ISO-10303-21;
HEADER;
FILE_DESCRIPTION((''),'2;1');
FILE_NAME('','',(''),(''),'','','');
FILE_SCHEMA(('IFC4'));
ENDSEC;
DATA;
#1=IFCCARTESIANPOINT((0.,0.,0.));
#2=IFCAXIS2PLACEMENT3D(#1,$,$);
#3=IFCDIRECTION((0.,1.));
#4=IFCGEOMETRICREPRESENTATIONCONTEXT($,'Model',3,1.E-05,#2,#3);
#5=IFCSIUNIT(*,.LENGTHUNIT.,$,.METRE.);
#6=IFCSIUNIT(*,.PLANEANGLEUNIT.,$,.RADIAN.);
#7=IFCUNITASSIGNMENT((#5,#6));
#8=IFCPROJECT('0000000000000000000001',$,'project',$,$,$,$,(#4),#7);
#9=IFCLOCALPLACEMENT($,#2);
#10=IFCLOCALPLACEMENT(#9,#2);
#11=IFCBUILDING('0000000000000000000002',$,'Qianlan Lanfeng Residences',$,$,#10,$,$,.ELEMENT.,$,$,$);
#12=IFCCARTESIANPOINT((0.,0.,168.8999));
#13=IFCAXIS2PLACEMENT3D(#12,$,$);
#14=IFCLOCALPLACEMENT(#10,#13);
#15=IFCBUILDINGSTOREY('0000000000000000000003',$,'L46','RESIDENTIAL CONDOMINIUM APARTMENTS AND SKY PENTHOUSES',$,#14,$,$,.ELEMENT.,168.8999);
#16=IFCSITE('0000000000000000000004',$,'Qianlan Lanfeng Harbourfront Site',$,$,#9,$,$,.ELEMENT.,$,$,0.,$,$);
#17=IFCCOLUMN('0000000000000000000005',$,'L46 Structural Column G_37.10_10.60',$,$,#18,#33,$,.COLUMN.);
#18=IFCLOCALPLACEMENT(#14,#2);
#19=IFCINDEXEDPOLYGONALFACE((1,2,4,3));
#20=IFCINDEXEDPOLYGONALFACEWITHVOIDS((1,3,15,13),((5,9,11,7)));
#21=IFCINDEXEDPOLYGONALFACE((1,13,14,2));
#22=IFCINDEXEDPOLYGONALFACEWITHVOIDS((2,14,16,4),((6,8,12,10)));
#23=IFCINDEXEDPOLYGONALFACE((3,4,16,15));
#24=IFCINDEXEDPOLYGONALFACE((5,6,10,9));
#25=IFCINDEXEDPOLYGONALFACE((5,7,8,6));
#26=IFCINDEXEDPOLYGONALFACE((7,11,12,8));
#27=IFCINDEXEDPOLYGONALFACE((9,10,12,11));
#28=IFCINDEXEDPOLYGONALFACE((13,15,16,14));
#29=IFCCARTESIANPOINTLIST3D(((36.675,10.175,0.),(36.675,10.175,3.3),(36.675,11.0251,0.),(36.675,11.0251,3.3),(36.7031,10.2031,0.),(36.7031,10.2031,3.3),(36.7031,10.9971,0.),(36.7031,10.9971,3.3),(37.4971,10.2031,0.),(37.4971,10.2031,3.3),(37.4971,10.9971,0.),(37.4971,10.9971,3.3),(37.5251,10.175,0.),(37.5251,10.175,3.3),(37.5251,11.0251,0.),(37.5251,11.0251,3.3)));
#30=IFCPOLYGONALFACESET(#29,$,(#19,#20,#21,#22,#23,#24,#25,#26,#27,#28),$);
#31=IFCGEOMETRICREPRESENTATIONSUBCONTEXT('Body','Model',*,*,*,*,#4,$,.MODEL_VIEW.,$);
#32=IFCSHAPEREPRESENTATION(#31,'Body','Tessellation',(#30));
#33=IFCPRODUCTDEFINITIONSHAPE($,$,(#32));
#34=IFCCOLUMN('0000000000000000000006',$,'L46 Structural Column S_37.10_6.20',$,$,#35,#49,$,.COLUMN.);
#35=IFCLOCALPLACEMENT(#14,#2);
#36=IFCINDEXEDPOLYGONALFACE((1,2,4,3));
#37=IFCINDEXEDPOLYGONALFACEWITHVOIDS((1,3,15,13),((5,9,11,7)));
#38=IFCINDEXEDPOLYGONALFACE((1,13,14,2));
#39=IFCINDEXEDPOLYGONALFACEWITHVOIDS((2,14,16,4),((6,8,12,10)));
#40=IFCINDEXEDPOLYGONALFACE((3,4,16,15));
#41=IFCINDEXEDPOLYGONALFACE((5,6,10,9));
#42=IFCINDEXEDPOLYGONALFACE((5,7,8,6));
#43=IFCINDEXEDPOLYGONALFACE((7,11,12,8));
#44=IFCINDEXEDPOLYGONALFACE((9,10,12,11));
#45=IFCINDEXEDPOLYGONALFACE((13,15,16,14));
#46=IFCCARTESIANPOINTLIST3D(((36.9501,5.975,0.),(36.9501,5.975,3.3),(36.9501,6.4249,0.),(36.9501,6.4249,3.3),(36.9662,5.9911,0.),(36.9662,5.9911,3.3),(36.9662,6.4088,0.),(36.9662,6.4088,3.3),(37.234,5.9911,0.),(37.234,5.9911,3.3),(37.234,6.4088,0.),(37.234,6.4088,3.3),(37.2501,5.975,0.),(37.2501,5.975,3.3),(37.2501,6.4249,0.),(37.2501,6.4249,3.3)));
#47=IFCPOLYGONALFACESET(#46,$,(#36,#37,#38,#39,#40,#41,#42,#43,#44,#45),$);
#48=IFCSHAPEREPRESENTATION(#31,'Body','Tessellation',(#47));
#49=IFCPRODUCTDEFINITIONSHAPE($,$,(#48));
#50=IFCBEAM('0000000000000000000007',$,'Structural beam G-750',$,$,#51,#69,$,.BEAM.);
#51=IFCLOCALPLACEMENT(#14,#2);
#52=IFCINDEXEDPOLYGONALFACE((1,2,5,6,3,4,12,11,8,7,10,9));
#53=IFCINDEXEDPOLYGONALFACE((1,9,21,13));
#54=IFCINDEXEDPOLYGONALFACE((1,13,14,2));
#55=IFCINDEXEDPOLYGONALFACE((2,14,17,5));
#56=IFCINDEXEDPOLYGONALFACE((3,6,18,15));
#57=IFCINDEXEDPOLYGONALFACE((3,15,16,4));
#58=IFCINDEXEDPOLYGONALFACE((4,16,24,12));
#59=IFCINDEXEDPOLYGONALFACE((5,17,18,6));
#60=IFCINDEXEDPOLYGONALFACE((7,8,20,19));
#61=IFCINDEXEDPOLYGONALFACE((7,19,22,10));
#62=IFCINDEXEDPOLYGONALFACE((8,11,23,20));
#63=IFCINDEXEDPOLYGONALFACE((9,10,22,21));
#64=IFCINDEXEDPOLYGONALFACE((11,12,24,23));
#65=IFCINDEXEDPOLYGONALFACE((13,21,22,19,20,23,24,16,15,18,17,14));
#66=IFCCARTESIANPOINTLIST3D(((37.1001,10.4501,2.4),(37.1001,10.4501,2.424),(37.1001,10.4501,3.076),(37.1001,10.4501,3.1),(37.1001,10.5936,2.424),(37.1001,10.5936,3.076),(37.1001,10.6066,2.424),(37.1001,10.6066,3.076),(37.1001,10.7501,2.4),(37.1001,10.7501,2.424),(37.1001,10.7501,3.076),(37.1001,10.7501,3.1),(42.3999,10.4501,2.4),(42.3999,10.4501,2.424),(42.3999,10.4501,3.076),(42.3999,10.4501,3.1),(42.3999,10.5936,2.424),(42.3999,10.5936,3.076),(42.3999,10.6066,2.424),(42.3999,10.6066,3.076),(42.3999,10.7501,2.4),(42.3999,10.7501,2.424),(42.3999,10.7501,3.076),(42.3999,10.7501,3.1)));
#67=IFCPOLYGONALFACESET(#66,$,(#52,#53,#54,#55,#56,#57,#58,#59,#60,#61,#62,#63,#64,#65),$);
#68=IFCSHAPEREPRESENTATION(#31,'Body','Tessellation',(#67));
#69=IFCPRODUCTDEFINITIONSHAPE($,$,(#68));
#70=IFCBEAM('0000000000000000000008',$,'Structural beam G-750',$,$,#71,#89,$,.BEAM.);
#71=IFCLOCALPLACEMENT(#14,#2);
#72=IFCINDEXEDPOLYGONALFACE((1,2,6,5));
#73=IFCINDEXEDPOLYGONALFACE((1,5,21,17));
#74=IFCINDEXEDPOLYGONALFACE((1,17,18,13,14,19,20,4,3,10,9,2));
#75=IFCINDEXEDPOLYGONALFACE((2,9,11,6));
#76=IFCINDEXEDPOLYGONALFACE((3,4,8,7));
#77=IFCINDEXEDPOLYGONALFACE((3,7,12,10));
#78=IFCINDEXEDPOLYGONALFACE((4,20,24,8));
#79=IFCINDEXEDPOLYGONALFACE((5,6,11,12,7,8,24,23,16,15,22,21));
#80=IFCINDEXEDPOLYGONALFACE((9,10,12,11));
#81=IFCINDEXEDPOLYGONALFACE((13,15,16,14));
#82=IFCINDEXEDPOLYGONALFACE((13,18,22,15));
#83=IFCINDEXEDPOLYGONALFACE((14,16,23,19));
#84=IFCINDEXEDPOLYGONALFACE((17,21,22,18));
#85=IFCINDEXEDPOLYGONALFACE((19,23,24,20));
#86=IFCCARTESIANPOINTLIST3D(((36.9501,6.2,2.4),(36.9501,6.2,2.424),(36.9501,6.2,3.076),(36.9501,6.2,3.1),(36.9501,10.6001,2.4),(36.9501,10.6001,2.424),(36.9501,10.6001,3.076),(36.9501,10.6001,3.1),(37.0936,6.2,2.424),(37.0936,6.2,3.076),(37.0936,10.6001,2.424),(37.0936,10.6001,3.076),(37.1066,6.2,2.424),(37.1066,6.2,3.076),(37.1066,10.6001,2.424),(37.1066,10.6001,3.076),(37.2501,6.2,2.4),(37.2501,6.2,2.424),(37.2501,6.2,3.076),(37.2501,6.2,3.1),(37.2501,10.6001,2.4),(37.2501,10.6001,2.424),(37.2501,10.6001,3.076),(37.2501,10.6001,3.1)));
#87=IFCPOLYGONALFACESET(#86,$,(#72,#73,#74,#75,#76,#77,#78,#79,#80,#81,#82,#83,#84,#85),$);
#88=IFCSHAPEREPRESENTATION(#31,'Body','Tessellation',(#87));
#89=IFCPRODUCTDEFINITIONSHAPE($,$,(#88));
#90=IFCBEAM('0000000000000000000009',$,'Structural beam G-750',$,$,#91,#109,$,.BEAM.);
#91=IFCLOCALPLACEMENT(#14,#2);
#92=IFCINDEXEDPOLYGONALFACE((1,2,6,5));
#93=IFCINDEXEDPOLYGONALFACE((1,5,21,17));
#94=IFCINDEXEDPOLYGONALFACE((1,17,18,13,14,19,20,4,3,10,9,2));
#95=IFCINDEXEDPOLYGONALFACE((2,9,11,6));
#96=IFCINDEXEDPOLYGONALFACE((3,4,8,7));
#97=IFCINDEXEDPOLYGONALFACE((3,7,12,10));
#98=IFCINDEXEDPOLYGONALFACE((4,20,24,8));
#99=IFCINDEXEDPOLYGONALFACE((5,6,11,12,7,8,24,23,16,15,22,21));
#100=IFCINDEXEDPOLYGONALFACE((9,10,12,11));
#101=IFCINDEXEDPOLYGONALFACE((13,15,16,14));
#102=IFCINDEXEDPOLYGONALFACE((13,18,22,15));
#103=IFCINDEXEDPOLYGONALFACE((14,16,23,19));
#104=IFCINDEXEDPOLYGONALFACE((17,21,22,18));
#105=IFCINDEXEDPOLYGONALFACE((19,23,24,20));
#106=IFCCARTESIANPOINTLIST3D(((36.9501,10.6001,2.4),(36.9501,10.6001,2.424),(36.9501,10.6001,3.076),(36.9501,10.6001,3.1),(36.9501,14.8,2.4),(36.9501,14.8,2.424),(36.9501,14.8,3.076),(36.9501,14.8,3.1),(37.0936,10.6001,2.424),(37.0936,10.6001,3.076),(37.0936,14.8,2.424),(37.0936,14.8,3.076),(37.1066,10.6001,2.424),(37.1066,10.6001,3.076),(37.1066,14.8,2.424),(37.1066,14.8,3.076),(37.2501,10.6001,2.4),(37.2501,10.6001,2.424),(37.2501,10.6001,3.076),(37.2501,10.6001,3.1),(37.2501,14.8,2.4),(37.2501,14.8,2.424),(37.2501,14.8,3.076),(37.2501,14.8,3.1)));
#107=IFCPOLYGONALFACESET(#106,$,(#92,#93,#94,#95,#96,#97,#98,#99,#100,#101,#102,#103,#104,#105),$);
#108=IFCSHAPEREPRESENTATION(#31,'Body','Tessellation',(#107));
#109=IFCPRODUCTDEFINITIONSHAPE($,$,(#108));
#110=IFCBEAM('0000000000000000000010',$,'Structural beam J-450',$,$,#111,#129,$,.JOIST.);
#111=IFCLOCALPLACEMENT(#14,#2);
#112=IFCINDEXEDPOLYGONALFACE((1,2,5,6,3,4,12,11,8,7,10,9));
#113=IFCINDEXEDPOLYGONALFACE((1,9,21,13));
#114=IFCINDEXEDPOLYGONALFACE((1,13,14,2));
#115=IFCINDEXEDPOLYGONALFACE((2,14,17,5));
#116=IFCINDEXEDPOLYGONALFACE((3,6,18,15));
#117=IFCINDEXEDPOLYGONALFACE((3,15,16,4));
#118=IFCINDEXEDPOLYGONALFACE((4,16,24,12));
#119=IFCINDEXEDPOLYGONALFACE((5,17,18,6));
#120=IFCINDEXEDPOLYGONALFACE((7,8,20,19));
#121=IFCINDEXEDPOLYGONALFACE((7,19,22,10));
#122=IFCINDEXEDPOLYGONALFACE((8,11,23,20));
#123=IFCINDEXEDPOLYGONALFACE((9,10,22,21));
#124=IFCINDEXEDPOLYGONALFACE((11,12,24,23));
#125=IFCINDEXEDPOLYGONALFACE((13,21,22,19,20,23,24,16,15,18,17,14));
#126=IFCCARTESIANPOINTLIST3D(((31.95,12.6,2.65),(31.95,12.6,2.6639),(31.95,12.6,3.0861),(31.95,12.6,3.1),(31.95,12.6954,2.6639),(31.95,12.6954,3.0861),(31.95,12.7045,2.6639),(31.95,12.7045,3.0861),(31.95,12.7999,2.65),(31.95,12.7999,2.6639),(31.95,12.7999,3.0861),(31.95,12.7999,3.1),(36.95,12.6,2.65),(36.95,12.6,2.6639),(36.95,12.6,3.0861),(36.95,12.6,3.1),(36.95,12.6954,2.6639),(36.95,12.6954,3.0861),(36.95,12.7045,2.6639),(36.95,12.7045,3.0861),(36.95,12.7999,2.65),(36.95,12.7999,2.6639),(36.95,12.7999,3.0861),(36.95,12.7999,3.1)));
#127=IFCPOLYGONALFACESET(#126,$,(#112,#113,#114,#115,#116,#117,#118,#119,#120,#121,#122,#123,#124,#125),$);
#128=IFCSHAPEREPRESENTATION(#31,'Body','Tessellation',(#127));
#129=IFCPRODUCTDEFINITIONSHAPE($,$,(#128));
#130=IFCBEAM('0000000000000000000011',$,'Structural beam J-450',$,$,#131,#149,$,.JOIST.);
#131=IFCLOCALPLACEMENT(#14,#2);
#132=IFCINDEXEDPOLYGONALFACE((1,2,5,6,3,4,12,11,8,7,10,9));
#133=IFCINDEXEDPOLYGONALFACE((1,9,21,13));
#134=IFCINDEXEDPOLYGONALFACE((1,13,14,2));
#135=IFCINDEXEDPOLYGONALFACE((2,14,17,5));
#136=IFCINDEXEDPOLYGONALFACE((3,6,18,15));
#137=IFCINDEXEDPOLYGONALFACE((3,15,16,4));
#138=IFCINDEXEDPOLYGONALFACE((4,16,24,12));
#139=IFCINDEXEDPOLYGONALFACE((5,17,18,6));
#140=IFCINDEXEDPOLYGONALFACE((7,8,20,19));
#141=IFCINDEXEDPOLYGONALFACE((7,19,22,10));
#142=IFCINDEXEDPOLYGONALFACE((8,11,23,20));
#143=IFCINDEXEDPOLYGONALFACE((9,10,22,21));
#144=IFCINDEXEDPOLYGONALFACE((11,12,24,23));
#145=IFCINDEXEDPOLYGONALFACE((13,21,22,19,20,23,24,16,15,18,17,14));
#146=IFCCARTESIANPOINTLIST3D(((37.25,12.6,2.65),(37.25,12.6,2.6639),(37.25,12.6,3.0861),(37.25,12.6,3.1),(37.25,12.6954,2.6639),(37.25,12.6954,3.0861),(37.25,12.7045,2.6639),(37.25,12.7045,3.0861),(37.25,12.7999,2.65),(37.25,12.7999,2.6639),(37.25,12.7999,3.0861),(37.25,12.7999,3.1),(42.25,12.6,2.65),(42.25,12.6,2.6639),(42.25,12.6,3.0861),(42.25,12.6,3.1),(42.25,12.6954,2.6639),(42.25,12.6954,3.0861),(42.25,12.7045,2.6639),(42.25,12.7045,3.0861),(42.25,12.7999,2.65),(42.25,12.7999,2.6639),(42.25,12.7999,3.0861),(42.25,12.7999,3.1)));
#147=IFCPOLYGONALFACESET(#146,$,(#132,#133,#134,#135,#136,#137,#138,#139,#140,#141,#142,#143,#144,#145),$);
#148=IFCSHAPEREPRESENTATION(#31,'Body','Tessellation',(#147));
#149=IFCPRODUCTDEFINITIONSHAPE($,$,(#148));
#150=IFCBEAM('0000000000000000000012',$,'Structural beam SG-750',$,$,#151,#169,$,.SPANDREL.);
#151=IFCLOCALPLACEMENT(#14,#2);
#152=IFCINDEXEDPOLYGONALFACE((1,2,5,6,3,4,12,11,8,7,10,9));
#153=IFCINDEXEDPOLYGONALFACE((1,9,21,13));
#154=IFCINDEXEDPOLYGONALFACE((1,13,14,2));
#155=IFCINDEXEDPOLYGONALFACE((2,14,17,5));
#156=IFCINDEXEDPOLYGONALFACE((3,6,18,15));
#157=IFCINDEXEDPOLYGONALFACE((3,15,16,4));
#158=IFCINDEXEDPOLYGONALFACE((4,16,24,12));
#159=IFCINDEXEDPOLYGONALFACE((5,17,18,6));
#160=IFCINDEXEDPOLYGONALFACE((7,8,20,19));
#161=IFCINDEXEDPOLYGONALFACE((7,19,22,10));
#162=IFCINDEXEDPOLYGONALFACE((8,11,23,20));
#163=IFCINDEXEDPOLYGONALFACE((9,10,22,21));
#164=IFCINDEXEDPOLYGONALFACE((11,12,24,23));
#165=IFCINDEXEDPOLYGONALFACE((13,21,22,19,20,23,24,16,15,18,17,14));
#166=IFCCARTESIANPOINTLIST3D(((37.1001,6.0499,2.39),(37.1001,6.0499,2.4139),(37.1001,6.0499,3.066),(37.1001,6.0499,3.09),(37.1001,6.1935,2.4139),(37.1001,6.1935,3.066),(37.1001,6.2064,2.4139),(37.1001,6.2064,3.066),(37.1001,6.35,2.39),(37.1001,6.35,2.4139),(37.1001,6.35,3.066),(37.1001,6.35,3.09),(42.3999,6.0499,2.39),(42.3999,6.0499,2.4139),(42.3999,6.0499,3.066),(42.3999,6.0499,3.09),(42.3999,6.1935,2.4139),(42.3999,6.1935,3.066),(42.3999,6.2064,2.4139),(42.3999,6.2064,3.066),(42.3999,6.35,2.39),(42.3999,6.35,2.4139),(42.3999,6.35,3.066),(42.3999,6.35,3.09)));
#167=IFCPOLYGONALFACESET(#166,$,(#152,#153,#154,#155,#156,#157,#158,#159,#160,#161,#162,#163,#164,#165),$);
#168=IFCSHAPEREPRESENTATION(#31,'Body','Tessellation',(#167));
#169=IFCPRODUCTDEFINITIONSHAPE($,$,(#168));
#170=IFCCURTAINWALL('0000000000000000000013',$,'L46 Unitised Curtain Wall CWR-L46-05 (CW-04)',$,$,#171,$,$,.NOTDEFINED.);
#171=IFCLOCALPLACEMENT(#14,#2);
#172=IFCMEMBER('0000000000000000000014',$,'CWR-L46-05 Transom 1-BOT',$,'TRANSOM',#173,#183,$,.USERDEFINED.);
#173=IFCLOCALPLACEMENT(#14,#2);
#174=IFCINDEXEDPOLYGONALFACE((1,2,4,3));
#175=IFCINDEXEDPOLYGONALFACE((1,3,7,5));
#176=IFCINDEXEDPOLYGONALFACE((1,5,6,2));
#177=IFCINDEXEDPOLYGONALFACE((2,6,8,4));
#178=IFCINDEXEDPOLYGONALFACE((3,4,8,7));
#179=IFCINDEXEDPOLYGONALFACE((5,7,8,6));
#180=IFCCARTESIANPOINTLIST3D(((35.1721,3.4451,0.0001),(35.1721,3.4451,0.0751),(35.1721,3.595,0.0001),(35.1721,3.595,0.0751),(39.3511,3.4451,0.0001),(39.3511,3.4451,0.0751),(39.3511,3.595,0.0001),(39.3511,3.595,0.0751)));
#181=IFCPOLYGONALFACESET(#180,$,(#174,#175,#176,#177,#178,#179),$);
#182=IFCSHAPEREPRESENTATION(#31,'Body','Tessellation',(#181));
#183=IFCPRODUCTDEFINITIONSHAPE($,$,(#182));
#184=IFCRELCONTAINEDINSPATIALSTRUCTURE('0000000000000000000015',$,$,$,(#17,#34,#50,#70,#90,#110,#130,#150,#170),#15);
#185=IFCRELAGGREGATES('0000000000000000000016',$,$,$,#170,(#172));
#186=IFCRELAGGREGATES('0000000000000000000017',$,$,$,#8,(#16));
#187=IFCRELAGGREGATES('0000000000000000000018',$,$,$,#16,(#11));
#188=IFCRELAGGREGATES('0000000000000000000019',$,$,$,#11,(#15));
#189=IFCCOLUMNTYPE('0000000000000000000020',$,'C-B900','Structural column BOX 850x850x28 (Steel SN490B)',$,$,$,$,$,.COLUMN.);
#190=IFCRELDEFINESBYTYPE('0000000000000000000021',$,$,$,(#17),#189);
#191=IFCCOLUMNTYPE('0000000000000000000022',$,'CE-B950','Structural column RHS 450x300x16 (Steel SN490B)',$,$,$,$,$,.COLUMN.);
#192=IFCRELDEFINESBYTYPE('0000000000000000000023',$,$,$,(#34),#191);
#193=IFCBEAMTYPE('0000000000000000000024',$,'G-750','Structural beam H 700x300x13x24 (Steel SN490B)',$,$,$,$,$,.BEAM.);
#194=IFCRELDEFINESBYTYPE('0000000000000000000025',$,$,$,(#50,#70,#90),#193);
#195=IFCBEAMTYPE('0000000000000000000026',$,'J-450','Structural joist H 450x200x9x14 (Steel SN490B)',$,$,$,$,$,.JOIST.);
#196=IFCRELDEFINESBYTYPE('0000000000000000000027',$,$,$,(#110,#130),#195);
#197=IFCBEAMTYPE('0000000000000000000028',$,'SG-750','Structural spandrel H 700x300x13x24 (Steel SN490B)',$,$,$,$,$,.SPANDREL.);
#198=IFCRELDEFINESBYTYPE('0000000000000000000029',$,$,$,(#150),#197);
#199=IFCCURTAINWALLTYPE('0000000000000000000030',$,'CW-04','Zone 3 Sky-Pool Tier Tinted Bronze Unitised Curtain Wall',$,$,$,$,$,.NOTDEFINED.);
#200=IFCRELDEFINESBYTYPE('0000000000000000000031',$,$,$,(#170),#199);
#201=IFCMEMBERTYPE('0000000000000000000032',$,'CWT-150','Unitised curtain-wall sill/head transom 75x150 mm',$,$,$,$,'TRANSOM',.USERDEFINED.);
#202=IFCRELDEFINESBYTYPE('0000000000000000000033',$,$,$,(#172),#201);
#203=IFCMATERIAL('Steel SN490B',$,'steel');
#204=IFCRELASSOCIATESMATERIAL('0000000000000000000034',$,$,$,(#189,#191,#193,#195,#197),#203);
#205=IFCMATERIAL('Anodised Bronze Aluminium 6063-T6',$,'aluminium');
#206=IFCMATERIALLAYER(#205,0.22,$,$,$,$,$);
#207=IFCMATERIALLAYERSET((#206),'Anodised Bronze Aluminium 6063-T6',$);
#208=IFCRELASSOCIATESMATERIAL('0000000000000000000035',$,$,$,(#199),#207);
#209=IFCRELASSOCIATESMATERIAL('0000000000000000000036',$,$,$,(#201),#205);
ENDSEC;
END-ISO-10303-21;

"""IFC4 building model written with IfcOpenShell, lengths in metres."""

from ifc_helpers import new_model, si_unit, direction, frame, origin, origin_2d, place, context, subcontext, project, spatial, rectangle, hollow_rectangle, i_section, extrude, source, transform, mapped, material, layer, layer_set, material_profile, profile_set, type_object, element, aggregate, save


model = new_model("IFC4")

# Units and contexts
model_context = context("Model", 3, precision=1e-05, world=origin(), true_north=direction((0.0, 1.0)))
body_context = subcontext(model_context, "Body", "Model", "MODEL_VIEW")
ifc_project = project(units=[si_unit("LENGTHUNIT", "METRE"), si_unit("PLANEANGLEUNIT", "RADIAN")], contexts=[model_context])

# Site, building, storey
site_placement = place(None, origin())
site = spatial("IfcSite", under=ifc_project, at=site_placement, Name="Qianlan Lanfeng Harbourfront Site", CompositionType="ELEMENT", RefElevation=0.0)
building_placement = place(site_placement, origin())
building = spatial("IfcBuilding", under=site, at=building_placement, Name="Qianlan Lanfeng Residences", CompositionType="ELEMENT")
storey_placement = place(building_placement, frame((0.0, 0.0, 168.8999)))
storey = spatial("IfcBuildingStorey", under=building, at=storey_placement, Name="L46", Description="RESIDENTIAL CONDOMINIUM APARTMENTS AND SKY PENTHOUSES", CompositionType="ELEMENT", Elevation=168.8999)

# Columns
ifc_material_1 = material(Name="Steel SN490B", Category="steel")
ifc_material_profile_1 = material_profile(ifc_material_1, hollow_rectangle(XDim=0.8501, YDim=0.8501, WallThickness=0.0281, at=origin_2d()), Name="BOX 850x850x28")
ifc_profile_set_1 = profile_set([ifc_material_profile_1], Name="Steel SN490B")
column_type_1 = type_object("IfcColumnType", Name="C-B900", Description="Structural column BOX 850x850x28 (Steel SN490B)", PredefinedType="COLUMN", material=ifc_profile_set_1)
column_1_placement = place(storey_placement, frame((37.1001, 10.6001, 0.0), z_axis=(0.0, 0.0, 1.0), x_axis=(1.0, 0.0, 0.0)))
element("IfcColumn", 1, at=column_1_placement, inside=storey, type_object=column_type_1, Name="L46 Structural Column G_37.10_10.60", PredefinedType="COLUMN", context=body_context, shape_type="SweptSolid", body=[
    extrude(hollow_rectangle(XDim=0.8501, YDim=0.8501, WallThickness=0.0281, at=origin_2d()), origin(), (0.0, 0.0, 1.0), 3.3),
])
ifc_material_profile_2 = material_profile(ifc_material_1, hollow_rectangle(XDim=0.3, YDim=0.45, WallThickness=0.0161, at=origin_2d()), Name="RHS 450x300x16")
ifc_profile_set_2 = profile_set([ifc_material_profile_2], Name="Steel SN490B")
column_type_2 = type_object("IfcColumnType", Name="CE-B950", Description="Structural column RHS 450x300x16 (Steel SN490B)", PredefinedType="COLUMN", material=ifc_profile_set_2)
column_2_placement = place(storey_placement, frame((37.1001, 6.2, 0.0), z_axis=(0.0, 0.0, 1.0), x_axis=(1.0, 0.0, 0.0)))
element("IfcColumn", 2, at=column_2_placement, inside=storey, type_object=column_type_2, Name="L46 Structural Column S_37.10_6.20", PredefinedType="COLUMN", context=body_context, shape_type="SweptSolid", body=[
    extrude(hollow_rectangle(XDim=0.3, YDim=0.45, WallThickness=0.0161, at=origin_2d()), origin(), (0.0, 0.0, 1.0), 3.3),
])

# Beams
ifc_material_profile_3 = material_profile(ifc_material_1, i_section(OverallWidth=0.3, OverallDepth=0.7, WebThickness=0.0129, FlangeThickness=0.0239, at=origin_2d()), Name="H 700x300x13x24")
ifc_profile_set_3 = profile_set([ifc_material_profile_3], Name="Steel SN490B")
beam_type_1 = type_object("IfcBeamType", Name="G-750", Description="Structural beam H 700x300x13x24 (Steel SN490B)", PredefinedType="BEAM", material=ifc_profile_set_3)
beam_1_placement = place(storey_placement, frame((37.1001, 10.6001, 2.75), z_axis=(1.0, 0.0, 0.0), x_axis=(0.0, 1.0, 0.0)))
element("IfcBeam", 3, at=beam_1_placement, inside=storey, type_object=beam_type_1, Name="Structural beam G-750", PredefinedType="BEAM", context=body_context, shape_type="SweptSolid", body=[
    extrude(i_section(OverallWidth=0.3, OverallDepth=0.7, WebThickness=0.0129, FlangeThickness=0.0239, at=origin_2d()), origin(), (0.0, 0.0, 1.0), 5.2998),
])
beam_2_placement = place(storey_placement, frame((37.1001, 6.2, 2.75), z_axis=(0.0, 1.0, 0.0), x_axis=(-1.0, 0.0, 0.0)))
element("IfcBeam", 4, at=beam_2_placement, inside=storey, type_object=beam_type_1, Name="Structural beam G-750", PredefinedType="BEAM", context=body_context, shape_type="SweptSolid", body=[
    extrude(i_section(OverallWidth=0.3, OverallDepth=0.7, WebThickness=0.0129, FlangeThickness=0.0239, at=origin_2d()), origin(), (0.0, 0.0, 1.0), 4.4001),
])
beam_3_placement = place(storey_placement, frame((37.1001, 10.6001, 2.75), z_axis=(0.0, 1.0, 0.0), x_axis=(-1.0, 0.0, 0.0)))
element("IfcBeam", 5, at=beam_3_placement, inside=storey, type_object=beam_type_1, Name="Structural beam G-750", PredefinedType="BEAM", context=body_context, shape_type="SweptSolid", body=[
    extrude(i_section(OverallWidth=0.3, OverallDepth=0.7, WebThickness=0.0129, FlangeThickness=0.0239, at=origin_2d()), origin(), (0.0, 0.0, 1.0), 4.2),
])
ifc_material_profile_4 = material_profile(ifc_material_1, i_section(OverallWidth=0.2, OverallDepth=0.45, WebThickness=0.009, FlangeThickness=0.0139, at=origin_2d()), Name="H 450x200x9x14")
ifc_profile_set_4 = profile_set([ifc_material_profile_4], Name="Steel SN490B")
beam_type_2 = type_object("IfcBeamType", Name="J-450", Description="Structural joist H 450x200x9x14 (Steel SN490B)", PredefinedType="JOIST", material=ifc_profile_set_4)
for number, where, z_axis, x_axis, name in (
    (6, (31.95, 12.7, 2.875), (1.0, 0.0, 0.0), (0.0, 1.0, 0.0), "Structural beam J-450"),
    (7, (37.25, 12.7, 2.875), (1.0, 0.0, 0.0), (0.0, 1.0, 0.0), "Structural beam J-450"),
):
    element("IfcBeam", number, at=place(storey_placement, frame(where, z_axis=z_axis, x_axis=x_axis)), inside=storey, type_object=beam_type_2, Name=name, PredefinedType="JOIST", context=body_context, shape_type="SweptSolid", body=[
        extrude(i_section(OverallWidth=0.2, OverallDepth=0.45, WebThickness=0.009, FlangeThickness=0.0139, at=origin_2d()), origin(), (0.0, 0.0, 1.0), 5.0),
    ])
ifc_material_profile_5 = material_profile(ifc_material_1, i_section(OverallWidth=0.3, OverallDepth=0.7, WebThickness=0.0129, FlangeThickness=0.0239, at=origin_2d()), Name="H 700x300x13x24")
ifc_profile_set_5 = profile_set([ifc_material_profile_5], Name="Steel SN490B")
beam_type_3 = type_object("IfcBeamType", Name="SG-750", Description="Structural spandrel H 700x300x13x24 (Steel SN490B)", PredefinedType="SPANDREL", material=ifc_profile_set_5)
beam_4_placement = place(storey_placement, frame((37.1001, 6.2, 2.74), z_axis=(1.0, 0.0, 0.0), x_axis=(0.0, 1.0, 0.0)))
element("IfcBeam", 8, at=beam_4_placement, inside=storey, type_object=beam_type_3, Name="Structural beam SG-750", PredefinedType="SPANDREL", context=body_context, shape_type="SweptSolid", body=[
    extrude(i_section(OverallWidth=0.3, OverallDepth=0.7, WebThickness=0.0129, FlangeThickness=0.0239, at=origin_2d()), origin(), (0.0, 0.0, 1.0), 5.2998),
])

# Curtain wall, member
ifc_material_2 = material(Name="Anodised Bronze Aluminium 6063-T6", Category="aluminium")
ifc_layer_1 = layer(ifc_material_2, 0.22)
ifc_layer_set_1 = layer_set([ifc_layer_1], Name="Anodised Bronze Aluminium 6063-T6")
curtain_wall_type = type_object("IfcCurtainWallType", Name="CW-04", Description="Zone 3 Sky-Pool Tier Tinted Bronze Unitised Curtain Wall", PredefinedType="NOTDEFINED", material=ifc_layer_set_1)
curtain_wall_1_placement = place(storey_placement, origin())
curtain_wall_1 = element("IfcCurtainWall", 9, at=curtain_wall_1_placement, inside=storey, type_object=curtain_wall_type, Name="L46 Unitised Curtain Wall CWR-L46-05 (CW-04)", PredefinedType="NOTDEFINED")
ifc_material_profile_6 = material_profile(ifc_material_2, rectangle(XDim=0.075, YDim=0.1499, at=origin_2d()), Name="ALU TRANSOM 75x150")
ifc_profile_set_6 = profile_set([ifc_material_profile_6], Name="Anodised Bronze Aluminium 6063-T6")
member_type_1 = type_object("IfcMemberType", Name="CWT-150", Description="Unitised curtain-wall sill/head transom 75x150 mm", ElementType="TRANSOM", PredefinedType="USERDEFINED", material=ifc_profile_set_6)
shared_shape_1 = source(origin(), body_context, "Body", "SweptSolid", [
    extrude(rectangle(XDim=0.075, YDim=0.1499, at=origin_2d()), origin(), (0.0, 0.0, 1.0), 4.179),
])
member_1_placement = place(storey_placement, frame((35.1721, 3.52, 0.0376), z_axis=(1.0, 0.0, 0.0), x_axis=(0.0, 0.0, 1.0)))
member_1 = element("IfcMember", 10, at=member_1_placement, type_object=member_type_1, Name="CWR-L46-05 Transom 1-BOT", ObjectType="TRANSOM", PredefinedType="USERDEFINED", context=body_context, shape_type="MappedRepresentation", body=[
    mapped(shared_shape_1, transform((0.0, 0.0, 0.0), scale=1.0)),
])

aggregate(curtain_wall_1, [member_1])

save(model, "model.ifc")
